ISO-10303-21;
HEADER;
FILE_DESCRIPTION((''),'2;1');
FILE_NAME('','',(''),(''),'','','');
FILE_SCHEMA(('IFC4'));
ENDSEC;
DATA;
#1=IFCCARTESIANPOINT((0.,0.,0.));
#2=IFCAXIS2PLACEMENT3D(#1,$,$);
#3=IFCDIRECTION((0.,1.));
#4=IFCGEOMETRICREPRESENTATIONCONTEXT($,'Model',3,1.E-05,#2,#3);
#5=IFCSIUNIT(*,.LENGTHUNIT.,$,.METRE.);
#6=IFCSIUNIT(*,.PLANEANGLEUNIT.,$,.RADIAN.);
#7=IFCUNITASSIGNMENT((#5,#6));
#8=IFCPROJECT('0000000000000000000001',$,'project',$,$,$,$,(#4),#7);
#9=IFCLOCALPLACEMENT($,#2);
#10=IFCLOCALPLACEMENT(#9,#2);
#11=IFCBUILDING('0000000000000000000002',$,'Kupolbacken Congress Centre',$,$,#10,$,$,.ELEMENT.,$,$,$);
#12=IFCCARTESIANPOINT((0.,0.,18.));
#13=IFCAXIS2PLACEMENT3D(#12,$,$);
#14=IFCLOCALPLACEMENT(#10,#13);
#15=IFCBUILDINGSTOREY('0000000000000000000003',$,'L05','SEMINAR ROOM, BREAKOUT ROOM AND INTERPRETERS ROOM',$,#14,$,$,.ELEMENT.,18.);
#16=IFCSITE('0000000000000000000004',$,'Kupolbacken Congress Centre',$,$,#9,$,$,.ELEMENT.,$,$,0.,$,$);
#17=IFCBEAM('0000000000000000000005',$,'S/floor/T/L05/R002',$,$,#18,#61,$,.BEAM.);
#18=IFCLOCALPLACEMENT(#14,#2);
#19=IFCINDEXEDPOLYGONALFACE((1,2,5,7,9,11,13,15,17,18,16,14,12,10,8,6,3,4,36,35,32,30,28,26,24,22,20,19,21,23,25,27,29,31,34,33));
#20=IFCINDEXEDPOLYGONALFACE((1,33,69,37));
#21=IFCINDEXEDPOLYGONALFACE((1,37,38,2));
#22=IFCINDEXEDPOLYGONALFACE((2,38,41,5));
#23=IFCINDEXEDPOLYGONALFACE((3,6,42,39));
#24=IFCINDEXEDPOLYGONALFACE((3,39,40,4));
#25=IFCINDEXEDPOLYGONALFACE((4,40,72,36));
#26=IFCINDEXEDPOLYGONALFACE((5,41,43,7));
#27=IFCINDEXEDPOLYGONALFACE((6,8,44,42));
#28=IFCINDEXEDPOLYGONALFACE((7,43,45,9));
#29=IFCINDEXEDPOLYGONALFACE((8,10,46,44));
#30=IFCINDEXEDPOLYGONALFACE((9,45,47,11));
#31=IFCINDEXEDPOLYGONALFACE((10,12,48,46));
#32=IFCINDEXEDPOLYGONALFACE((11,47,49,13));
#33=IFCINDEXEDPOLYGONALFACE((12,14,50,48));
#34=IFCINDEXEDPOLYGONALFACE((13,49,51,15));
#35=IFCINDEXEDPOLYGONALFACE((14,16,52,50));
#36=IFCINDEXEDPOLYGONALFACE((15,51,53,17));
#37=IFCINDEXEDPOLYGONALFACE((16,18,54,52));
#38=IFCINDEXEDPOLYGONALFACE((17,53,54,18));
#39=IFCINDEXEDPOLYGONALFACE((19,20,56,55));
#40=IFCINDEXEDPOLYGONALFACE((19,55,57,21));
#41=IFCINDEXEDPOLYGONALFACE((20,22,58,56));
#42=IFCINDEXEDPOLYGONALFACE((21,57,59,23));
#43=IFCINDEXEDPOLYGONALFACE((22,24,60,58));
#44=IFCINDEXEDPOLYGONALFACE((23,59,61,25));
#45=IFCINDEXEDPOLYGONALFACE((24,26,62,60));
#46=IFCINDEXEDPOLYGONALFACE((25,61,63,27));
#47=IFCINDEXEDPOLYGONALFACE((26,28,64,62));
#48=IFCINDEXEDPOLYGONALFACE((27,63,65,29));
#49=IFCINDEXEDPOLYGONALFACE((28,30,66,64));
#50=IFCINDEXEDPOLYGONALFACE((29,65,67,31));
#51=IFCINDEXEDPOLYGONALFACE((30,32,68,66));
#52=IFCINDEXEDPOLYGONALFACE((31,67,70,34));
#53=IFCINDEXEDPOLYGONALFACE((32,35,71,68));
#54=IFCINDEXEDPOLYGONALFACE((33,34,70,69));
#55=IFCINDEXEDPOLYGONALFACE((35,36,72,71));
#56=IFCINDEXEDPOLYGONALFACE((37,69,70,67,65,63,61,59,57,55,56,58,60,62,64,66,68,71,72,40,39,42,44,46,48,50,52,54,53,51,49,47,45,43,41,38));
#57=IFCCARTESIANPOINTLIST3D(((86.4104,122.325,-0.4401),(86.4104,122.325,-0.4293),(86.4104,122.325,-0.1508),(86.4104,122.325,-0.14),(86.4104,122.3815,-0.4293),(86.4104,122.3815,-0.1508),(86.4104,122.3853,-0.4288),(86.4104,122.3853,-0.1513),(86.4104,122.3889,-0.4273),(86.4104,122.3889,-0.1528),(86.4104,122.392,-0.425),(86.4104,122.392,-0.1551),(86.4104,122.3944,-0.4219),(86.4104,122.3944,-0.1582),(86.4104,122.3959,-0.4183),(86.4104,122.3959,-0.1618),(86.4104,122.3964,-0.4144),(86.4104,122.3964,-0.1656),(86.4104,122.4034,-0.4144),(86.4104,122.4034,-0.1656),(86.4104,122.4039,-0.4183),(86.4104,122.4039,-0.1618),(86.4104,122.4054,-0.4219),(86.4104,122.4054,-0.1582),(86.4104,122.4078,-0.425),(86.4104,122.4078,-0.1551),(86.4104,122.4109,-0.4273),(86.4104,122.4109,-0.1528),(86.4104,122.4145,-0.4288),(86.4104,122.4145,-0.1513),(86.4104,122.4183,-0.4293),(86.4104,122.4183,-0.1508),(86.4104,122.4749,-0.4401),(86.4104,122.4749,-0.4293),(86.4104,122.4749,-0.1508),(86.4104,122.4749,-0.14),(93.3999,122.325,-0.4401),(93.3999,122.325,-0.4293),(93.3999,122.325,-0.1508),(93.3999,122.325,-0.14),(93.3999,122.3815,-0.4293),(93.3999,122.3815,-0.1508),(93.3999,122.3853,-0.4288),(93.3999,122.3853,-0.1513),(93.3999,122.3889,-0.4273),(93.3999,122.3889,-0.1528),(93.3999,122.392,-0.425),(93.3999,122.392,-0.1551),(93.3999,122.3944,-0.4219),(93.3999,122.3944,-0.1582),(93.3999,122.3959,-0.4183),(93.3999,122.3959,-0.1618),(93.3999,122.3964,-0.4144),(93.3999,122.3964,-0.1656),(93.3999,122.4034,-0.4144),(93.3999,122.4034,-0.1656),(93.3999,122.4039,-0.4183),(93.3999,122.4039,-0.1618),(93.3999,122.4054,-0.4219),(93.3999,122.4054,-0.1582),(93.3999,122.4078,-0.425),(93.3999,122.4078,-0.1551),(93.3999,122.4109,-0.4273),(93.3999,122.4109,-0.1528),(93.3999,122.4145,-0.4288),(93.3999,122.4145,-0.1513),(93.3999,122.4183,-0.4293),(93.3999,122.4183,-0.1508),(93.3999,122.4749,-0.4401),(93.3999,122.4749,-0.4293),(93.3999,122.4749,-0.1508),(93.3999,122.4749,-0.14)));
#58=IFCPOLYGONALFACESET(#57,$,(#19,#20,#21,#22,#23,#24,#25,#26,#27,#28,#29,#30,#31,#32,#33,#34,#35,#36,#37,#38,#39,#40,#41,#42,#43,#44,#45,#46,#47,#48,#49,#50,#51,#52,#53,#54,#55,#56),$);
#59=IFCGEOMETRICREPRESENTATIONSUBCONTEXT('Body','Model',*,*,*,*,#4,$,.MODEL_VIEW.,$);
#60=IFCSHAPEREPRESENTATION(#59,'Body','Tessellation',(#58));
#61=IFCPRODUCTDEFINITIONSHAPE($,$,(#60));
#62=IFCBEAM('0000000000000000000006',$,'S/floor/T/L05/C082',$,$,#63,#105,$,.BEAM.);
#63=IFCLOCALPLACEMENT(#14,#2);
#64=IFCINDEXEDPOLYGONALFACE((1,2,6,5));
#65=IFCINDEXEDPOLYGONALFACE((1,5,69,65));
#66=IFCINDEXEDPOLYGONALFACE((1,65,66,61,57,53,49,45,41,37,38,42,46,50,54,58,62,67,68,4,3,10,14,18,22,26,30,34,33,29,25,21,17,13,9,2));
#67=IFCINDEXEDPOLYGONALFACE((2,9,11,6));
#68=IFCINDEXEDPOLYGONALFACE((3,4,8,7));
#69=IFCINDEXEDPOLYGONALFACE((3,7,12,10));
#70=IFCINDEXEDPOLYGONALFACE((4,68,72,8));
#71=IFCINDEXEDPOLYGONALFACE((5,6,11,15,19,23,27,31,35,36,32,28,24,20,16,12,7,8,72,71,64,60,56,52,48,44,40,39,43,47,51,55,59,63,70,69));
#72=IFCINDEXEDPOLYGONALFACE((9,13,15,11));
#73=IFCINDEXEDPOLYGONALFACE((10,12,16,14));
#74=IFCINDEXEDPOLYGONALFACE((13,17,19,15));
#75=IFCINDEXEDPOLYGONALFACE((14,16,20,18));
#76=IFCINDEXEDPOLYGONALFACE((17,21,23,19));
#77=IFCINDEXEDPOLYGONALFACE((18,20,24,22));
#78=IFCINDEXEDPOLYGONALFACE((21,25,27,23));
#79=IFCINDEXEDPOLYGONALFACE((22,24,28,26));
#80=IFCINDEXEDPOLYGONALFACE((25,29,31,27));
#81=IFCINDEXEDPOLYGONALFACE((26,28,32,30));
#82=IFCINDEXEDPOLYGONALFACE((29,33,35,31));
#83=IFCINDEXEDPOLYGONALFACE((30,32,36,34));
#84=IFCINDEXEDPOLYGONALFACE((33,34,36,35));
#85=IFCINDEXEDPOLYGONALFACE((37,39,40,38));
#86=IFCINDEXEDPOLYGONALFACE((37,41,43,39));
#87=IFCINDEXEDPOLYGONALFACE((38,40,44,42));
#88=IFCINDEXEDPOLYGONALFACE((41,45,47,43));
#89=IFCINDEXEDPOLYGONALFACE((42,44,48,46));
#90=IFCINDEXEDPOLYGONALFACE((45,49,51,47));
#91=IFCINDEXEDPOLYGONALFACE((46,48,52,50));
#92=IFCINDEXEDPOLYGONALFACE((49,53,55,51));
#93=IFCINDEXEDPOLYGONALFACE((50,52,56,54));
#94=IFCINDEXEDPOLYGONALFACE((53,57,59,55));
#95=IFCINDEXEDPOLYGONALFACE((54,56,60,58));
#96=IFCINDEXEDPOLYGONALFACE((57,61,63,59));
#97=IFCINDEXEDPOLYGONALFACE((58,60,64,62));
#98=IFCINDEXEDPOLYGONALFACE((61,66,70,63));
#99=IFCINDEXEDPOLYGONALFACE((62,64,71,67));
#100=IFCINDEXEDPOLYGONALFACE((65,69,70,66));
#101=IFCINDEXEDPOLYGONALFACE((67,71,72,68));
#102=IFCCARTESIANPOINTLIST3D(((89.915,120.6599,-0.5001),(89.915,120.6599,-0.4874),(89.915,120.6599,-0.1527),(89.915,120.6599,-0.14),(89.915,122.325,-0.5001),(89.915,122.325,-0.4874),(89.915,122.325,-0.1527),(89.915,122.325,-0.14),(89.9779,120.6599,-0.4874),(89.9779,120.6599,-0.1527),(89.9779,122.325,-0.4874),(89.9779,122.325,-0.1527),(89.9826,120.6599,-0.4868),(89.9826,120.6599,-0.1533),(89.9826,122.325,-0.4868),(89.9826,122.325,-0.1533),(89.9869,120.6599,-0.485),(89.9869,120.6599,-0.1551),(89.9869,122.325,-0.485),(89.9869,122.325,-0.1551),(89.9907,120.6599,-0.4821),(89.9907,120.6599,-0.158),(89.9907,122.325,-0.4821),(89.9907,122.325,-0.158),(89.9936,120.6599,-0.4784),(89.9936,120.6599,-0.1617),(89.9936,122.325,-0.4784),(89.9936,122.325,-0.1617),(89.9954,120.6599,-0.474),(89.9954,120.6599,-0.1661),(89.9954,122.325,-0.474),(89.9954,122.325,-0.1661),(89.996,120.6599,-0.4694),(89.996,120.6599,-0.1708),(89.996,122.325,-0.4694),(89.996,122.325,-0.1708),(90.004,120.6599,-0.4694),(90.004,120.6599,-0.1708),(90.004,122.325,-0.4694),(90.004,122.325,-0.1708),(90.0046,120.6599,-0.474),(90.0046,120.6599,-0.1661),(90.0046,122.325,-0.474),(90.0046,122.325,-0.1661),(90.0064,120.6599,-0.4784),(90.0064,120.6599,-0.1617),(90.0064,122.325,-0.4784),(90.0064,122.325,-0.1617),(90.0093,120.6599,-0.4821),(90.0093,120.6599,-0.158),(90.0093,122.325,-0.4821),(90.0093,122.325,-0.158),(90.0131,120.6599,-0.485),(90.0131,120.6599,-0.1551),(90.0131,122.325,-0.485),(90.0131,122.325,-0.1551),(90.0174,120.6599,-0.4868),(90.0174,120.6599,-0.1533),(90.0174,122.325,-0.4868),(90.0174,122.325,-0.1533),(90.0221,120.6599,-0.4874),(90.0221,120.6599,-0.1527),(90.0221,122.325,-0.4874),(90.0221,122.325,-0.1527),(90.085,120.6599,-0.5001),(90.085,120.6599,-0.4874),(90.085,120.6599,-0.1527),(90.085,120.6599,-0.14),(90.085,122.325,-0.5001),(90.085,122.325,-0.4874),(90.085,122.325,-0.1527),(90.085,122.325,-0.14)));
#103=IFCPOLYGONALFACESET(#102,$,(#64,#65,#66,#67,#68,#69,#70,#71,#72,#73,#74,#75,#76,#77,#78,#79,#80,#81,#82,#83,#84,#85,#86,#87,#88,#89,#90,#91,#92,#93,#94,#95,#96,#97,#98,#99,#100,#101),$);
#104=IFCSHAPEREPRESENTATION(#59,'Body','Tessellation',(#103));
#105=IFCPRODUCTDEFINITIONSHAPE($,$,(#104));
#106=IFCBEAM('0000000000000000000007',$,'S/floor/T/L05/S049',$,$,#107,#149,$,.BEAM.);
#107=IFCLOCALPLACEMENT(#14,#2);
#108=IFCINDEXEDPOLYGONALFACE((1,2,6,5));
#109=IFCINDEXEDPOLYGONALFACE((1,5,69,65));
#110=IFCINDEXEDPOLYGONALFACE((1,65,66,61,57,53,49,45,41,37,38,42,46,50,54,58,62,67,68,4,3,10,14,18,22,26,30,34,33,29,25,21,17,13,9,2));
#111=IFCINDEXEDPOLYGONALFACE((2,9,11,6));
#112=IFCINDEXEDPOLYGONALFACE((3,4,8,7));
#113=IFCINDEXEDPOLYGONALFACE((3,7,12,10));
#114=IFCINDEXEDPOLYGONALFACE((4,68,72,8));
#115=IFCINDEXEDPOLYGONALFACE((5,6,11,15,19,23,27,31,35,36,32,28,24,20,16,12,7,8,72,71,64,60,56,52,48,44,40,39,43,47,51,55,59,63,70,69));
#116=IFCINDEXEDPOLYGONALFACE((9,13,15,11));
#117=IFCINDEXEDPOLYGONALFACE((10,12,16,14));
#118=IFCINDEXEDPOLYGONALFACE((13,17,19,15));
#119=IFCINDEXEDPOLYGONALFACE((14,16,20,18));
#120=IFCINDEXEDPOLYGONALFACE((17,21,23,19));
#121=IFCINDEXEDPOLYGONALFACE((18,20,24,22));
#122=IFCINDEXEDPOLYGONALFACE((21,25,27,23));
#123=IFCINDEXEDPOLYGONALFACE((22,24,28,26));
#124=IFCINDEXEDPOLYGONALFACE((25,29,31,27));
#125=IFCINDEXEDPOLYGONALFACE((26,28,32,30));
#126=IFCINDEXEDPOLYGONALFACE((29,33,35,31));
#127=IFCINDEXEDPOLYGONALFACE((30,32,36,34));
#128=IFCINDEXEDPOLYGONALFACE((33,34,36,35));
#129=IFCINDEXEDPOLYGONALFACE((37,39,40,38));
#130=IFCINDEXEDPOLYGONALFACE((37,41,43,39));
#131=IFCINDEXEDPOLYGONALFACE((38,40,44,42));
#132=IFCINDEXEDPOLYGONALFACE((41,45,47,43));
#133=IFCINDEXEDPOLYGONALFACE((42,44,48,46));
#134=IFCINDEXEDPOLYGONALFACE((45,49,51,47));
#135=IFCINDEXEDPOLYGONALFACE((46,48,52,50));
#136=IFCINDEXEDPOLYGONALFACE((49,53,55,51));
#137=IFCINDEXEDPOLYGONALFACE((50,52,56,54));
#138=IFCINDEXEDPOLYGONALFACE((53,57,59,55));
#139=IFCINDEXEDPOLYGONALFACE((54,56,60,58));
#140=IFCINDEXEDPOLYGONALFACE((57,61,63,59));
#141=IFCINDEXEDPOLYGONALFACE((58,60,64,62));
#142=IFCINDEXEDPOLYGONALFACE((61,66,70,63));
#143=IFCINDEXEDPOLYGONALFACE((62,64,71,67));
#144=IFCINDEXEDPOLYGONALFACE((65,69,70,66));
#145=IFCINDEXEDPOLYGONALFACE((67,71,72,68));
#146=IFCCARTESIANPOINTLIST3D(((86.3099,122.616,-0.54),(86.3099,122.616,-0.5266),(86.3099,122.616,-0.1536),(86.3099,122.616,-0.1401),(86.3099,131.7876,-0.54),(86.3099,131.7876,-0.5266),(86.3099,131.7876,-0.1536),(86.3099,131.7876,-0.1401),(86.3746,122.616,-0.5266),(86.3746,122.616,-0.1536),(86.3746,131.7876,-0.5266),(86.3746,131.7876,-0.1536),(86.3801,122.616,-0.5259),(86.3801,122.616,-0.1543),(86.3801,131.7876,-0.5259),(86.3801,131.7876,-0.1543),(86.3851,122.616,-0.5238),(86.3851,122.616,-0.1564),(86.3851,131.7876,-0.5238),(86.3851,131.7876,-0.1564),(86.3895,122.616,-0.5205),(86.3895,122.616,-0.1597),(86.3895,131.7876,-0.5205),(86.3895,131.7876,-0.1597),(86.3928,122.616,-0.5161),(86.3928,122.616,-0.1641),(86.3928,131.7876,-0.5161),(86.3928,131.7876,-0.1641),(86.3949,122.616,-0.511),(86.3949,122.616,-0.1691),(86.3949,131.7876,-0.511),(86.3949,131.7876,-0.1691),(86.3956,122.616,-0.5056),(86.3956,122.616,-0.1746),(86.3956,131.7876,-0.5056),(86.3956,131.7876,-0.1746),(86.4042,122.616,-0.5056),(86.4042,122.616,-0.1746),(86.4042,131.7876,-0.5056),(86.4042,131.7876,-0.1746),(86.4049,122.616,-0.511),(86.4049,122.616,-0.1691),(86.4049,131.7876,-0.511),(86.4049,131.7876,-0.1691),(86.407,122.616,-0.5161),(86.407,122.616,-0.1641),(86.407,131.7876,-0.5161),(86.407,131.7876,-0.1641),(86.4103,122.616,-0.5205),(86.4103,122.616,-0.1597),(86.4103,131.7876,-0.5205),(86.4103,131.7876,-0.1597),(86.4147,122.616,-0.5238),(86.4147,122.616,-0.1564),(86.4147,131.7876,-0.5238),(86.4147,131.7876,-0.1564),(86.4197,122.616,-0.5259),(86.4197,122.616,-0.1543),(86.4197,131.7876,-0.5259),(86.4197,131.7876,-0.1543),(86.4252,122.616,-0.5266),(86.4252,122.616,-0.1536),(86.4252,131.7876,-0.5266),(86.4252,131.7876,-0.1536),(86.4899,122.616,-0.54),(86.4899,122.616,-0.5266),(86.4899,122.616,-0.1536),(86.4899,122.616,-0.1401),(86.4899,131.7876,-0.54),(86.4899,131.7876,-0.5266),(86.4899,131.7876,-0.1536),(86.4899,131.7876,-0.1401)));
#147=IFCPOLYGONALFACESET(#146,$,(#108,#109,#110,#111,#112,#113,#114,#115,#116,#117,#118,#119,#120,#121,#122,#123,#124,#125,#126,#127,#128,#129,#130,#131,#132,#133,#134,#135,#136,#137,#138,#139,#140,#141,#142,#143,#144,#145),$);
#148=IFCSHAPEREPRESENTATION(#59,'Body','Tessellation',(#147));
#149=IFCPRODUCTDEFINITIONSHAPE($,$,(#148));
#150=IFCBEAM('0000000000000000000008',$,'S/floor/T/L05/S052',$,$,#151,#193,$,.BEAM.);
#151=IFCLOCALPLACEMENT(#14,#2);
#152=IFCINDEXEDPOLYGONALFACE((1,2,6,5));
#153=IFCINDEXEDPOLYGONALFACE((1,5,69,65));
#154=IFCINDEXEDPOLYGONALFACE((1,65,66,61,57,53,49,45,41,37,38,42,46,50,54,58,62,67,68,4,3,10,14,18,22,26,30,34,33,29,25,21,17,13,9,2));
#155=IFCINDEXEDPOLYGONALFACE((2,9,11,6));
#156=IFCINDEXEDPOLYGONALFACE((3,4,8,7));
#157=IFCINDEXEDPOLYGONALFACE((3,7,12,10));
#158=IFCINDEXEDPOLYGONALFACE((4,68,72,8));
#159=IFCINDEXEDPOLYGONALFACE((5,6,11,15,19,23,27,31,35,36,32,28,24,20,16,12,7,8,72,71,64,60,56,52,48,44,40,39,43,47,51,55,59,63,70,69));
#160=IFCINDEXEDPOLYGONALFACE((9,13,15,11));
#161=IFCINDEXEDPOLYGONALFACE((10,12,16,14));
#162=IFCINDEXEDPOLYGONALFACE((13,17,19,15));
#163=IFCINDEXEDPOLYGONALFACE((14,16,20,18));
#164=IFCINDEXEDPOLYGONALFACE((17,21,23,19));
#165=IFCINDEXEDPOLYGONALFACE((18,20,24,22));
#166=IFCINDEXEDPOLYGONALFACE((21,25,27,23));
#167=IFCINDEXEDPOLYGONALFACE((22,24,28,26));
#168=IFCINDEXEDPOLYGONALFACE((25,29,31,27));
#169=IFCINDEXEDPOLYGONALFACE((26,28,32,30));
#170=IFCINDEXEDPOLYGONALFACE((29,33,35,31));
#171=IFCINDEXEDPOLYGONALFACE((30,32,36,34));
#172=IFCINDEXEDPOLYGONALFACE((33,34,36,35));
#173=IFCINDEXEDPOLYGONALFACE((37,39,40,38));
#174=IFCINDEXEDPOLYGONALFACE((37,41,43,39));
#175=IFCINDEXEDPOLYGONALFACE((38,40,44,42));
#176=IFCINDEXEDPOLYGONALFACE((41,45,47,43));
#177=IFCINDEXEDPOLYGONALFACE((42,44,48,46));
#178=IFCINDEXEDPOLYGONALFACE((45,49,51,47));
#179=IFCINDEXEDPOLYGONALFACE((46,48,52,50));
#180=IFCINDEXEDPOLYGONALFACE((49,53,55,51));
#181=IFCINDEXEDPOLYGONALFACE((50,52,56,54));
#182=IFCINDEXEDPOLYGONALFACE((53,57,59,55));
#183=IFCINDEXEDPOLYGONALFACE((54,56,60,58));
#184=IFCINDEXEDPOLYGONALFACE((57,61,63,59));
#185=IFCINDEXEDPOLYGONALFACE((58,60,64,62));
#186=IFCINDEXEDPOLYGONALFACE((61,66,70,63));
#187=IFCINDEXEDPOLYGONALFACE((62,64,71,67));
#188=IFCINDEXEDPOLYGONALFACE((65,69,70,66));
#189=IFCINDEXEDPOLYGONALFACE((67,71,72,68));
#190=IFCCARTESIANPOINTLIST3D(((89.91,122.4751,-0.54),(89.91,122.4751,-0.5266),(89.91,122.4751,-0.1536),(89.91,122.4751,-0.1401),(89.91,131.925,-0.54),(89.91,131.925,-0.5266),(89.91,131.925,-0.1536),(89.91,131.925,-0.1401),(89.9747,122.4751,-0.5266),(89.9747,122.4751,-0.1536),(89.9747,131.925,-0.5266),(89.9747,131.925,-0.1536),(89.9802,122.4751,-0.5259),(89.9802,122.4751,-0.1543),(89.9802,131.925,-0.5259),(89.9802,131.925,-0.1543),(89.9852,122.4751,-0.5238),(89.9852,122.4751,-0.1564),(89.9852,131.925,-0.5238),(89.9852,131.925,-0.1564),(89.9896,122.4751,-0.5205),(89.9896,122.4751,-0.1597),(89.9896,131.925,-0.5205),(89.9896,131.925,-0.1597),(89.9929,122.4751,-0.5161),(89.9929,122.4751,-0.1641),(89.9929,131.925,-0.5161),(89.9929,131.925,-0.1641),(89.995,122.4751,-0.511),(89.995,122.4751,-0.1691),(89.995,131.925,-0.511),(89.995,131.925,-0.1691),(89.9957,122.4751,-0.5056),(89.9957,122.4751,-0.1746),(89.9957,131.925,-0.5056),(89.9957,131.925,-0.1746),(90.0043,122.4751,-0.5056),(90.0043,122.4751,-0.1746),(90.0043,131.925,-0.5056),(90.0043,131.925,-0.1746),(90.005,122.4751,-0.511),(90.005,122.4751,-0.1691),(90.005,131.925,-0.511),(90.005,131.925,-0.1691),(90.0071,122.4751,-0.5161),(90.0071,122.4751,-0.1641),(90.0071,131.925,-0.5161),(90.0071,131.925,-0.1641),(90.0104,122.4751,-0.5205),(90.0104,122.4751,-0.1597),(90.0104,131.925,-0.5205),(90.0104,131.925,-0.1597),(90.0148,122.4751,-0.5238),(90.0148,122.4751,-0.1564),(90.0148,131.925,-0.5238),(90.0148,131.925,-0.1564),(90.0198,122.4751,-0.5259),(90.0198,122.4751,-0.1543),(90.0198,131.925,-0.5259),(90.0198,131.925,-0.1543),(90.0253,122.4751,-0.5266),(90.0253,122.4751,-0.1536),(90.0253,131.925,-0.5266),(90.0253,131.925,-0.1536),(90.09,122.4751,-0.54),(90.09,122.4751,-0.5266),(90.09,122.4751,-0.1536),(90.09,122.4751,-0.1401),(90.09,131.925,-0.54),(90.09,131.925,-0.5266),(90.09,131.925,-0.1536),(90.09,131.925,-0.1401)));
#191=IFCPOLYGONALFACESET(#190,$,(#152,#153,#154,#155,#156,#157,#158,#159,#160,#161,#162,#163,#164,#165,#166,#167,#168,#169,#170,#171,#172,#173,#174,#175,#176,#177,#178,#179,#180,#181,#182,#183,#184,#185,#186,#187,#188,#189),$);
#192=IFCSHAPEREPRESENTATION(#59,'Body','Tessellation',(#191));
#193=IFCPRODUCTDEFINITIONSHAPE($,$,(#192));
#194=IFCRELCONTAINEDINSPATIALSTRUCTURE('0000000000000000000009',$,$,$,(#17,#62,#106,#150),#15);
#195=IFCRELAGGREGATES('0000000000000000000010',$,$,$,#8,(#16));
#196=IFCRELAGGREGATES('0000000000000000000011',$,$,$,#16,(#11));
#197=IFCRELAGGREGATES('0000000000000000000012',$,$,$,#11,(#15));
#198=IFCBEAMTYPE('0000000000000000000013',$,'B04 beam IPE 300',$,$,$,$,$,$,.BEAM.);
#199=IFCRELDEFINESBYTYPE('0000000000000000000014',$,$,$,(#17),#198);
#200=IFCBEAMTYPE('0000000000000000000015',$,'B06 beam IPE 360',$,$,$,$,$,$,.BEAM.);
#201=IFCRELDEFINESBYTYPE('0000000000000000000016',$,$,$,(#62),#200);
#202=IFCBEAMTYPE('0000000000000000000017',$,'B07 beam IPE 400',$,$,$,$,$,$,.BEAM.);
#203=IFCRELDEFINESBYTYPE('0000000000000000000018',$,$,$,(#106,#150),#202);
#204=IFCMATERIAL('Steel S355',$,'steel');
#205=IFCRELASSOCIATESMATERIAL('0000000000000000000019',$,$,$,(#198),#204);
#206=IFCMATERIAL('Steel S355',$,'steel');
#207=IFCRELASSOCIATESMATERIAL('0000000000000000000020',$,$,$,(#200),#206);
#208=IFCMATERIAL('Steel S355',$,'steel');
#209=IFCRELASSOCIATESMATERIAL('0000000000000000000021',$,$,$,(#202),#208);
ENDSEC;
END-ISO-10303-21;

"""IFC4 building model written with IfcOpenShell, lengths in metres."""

from ifc_helpers import new_model, si_unit, direction, frame, origin, origin_2d, place, context, subcontext, project, spatial, i_section, extrude, material, material_profile, profile_set, type_object, element, save


model = new_model("IFC4")

# Units and contexts
model_context = context("Model", 3, precision=1e-05, world=origin(), true_north=direction((0.0, 1.0)))
body_context = subcontext(model_context, "Body", "Model", "MODEL_VIEW")
ifc_project = project(units=[si_unit("LENGTHUNIT", "METRE"), si_unit("PLANEANGLEUNIT", "RADIAN")], contexts=[model_context])

# Site, building, storey
site_placement = place(None, origin())
site = spatial("IfcSite", under=ifc_project, at=site_placement, Name="Kupolbacken Congress Centre", CompositionType="ELEMENT", RefElevation=0.0)
building_placement = place(site_placement, origin())
building = spatial("IfcBuilding", under=site, at=building_placement, Name="Kupolbacken Congress Centre", CompositionType="ELEMENT")
storey_placement = place(building_placement, frame((0.0, 0.0, 18.0)))
storey = spatial("IfcBuildingStorey", under=building, at=storey_placement, Name="L05", Description="SEMINAR ROOM, BREAKOUT ROOM AND INTERPRETERS ROOM", CompositionType="ELEMENT", Elevation=18.0)

# Beams
ifc_material_1 = material(Name="Steel S355", Category="steel")
ifc_material_profile_1 = material_profile(ifc_material_1, i_section(OverallWidth=0.1499, OverallDepth=0.3, WebThickness=0.0071, FlangeThickness=0.0107, FilletRadius=0.0149, at=origin_2d()), Name="IPE 300")
ifc_profile_set_1 = profile_set([ifc_material_profile_1], Name="Steel S355")
beam_type_1 = type_object("IfcBeamType", Name="B04 beam IPE 300", PredefinedType="BEAM", material=ifc_profile_set_1)
beam_1_placement = place(storey_placement, frame((86.4104, 122.3999, -0.29), z_axis=(1.0, 0.0, 0.0), x_axis=(0.0, 1.0, 0.0)))
element("IfcBeam", 1, at=beam_1_placement, inside=storey, type_object=beam_type_1, Name="S/floor/T/L05/R002", PredefinedType="BEAM", context=body_context, shape_type="SweptSolid", body=[
    extrude(i_section(OverallWidth=0.1499, OverallDepth=0.3, WebThickness=0.0071, FlangeThickness=0.0107, FilletRadius=0.0149, at=origin_2d()), origin(), (0.0, 0.0, 1.0), 6.9895),
])
ifc_material_2 = material(Name="Steel S355", Category="steel")
ifc_material_profile_2 = material_profile(ifc_material_2, i_section(OverallWidth=0.1699, OverallDepth=0.3601, WebThickness=0.0081, FlangeThickness=0.0127, FilletRadius=0.0181, at=origin_2d()), Name="IPE 360")
ifc_profile_set_2 = profile_set([ifc_material_profile_2], Name="Steel S355")
beam_type_2 = type_object("IfcBeamType", Name="B06 beam IPE 360", PredefinedType="BEAM", material=ifc_profile_set_2)
beam_2_placement = place(storey_placement, frame((90.0, 122.325, -0.3201), z_axis=(0.0, -1.0, 0.0), x_axis=(1.0, 0.0, 0.0)))
element("IfcBeam", 2, at=beam_2_placement, inside=storey, type_object=beam_type_2, Name="S/floor/T/L05/C082", PredefinedType="BEAM", context=body_context, shape_type="SweptSolid", body=[
    extrude(i_section(OverallWidth=0.1699, OverallDepth=0.3601, WebThickness=0.0081, FlangeThickness=0.0127, FilletRadius=0.0181, at=origin_2d()), origin(), (0.0, 0.0, 1.0), 1.665),
])
ifc_material_3 = material(Name="Steel S355", Category="steel")
ifc_material_profile_3 = material_profile(ifc_material_3, i_section(OverallWidth=0.1799, OverallDepth=0.3999, WebThickness=0.0085, FlangeThickness=0.0134, FilletRadius=0.021, at=origin_2d()), Name="IPE 400")
ifc_profile_set_3 = profile_set([ifc_material_profile_3], Name="Steel S355")
beam_type_3 = type_object("IfcBeamType", Name="B07 beam IPE 400", PredefinedType="BEAM", material=ifc_profile_set_3)
beam_3_placement = place(storey_placement, frame((86.3999, 122.616, -0.3401), z_axis=(0.0, 1.0, 0.0), x_axis=(-1.0, 0.0, 0.0)))
element("IfcBeam", 3, at=beam_3_placement, inside=storey, type_object=beam_type_3, Name="S/floor/T/L05/S049", PredefinedType="BEAM", context=body_context, shape_type="SweptSolid", body=[
    extrude(i_section(OverallWidth=0.1799, OverallDepth=0.3999, WebThickness=0.0085, FlangeThickness=0.0134, FilletRadius=0.021, at=origin_2d()), origin(), (0.0, 0.0, 1.0), 9.1716),
])
beam_4_placement = place(storey_placement, frame((90.0, 122.4751, -0.3401), z_axis=(0.0, 1.0, 0.0), x_axis=(-1.0, 0.0, 0.0)))
element("IfcBeam", 4, at=beam_4_placement, inside=storey, type_object=beam_type_3, Name="S/floor/T/L05/S052", PredefinedType="BEAM", context=body_context, shape_type="SweptSolid", body=[
    extrude(i_section(OverallWidth=0.1799, OverallDepth=0.3999, WebThickness=0.0085, FlangeThickness=0.0134, FilletRadius=0.021, at=origin_2d()), origin(), (0.0, 0.0, 1.0), 9.45),
])

save(model, "model.ifc")
